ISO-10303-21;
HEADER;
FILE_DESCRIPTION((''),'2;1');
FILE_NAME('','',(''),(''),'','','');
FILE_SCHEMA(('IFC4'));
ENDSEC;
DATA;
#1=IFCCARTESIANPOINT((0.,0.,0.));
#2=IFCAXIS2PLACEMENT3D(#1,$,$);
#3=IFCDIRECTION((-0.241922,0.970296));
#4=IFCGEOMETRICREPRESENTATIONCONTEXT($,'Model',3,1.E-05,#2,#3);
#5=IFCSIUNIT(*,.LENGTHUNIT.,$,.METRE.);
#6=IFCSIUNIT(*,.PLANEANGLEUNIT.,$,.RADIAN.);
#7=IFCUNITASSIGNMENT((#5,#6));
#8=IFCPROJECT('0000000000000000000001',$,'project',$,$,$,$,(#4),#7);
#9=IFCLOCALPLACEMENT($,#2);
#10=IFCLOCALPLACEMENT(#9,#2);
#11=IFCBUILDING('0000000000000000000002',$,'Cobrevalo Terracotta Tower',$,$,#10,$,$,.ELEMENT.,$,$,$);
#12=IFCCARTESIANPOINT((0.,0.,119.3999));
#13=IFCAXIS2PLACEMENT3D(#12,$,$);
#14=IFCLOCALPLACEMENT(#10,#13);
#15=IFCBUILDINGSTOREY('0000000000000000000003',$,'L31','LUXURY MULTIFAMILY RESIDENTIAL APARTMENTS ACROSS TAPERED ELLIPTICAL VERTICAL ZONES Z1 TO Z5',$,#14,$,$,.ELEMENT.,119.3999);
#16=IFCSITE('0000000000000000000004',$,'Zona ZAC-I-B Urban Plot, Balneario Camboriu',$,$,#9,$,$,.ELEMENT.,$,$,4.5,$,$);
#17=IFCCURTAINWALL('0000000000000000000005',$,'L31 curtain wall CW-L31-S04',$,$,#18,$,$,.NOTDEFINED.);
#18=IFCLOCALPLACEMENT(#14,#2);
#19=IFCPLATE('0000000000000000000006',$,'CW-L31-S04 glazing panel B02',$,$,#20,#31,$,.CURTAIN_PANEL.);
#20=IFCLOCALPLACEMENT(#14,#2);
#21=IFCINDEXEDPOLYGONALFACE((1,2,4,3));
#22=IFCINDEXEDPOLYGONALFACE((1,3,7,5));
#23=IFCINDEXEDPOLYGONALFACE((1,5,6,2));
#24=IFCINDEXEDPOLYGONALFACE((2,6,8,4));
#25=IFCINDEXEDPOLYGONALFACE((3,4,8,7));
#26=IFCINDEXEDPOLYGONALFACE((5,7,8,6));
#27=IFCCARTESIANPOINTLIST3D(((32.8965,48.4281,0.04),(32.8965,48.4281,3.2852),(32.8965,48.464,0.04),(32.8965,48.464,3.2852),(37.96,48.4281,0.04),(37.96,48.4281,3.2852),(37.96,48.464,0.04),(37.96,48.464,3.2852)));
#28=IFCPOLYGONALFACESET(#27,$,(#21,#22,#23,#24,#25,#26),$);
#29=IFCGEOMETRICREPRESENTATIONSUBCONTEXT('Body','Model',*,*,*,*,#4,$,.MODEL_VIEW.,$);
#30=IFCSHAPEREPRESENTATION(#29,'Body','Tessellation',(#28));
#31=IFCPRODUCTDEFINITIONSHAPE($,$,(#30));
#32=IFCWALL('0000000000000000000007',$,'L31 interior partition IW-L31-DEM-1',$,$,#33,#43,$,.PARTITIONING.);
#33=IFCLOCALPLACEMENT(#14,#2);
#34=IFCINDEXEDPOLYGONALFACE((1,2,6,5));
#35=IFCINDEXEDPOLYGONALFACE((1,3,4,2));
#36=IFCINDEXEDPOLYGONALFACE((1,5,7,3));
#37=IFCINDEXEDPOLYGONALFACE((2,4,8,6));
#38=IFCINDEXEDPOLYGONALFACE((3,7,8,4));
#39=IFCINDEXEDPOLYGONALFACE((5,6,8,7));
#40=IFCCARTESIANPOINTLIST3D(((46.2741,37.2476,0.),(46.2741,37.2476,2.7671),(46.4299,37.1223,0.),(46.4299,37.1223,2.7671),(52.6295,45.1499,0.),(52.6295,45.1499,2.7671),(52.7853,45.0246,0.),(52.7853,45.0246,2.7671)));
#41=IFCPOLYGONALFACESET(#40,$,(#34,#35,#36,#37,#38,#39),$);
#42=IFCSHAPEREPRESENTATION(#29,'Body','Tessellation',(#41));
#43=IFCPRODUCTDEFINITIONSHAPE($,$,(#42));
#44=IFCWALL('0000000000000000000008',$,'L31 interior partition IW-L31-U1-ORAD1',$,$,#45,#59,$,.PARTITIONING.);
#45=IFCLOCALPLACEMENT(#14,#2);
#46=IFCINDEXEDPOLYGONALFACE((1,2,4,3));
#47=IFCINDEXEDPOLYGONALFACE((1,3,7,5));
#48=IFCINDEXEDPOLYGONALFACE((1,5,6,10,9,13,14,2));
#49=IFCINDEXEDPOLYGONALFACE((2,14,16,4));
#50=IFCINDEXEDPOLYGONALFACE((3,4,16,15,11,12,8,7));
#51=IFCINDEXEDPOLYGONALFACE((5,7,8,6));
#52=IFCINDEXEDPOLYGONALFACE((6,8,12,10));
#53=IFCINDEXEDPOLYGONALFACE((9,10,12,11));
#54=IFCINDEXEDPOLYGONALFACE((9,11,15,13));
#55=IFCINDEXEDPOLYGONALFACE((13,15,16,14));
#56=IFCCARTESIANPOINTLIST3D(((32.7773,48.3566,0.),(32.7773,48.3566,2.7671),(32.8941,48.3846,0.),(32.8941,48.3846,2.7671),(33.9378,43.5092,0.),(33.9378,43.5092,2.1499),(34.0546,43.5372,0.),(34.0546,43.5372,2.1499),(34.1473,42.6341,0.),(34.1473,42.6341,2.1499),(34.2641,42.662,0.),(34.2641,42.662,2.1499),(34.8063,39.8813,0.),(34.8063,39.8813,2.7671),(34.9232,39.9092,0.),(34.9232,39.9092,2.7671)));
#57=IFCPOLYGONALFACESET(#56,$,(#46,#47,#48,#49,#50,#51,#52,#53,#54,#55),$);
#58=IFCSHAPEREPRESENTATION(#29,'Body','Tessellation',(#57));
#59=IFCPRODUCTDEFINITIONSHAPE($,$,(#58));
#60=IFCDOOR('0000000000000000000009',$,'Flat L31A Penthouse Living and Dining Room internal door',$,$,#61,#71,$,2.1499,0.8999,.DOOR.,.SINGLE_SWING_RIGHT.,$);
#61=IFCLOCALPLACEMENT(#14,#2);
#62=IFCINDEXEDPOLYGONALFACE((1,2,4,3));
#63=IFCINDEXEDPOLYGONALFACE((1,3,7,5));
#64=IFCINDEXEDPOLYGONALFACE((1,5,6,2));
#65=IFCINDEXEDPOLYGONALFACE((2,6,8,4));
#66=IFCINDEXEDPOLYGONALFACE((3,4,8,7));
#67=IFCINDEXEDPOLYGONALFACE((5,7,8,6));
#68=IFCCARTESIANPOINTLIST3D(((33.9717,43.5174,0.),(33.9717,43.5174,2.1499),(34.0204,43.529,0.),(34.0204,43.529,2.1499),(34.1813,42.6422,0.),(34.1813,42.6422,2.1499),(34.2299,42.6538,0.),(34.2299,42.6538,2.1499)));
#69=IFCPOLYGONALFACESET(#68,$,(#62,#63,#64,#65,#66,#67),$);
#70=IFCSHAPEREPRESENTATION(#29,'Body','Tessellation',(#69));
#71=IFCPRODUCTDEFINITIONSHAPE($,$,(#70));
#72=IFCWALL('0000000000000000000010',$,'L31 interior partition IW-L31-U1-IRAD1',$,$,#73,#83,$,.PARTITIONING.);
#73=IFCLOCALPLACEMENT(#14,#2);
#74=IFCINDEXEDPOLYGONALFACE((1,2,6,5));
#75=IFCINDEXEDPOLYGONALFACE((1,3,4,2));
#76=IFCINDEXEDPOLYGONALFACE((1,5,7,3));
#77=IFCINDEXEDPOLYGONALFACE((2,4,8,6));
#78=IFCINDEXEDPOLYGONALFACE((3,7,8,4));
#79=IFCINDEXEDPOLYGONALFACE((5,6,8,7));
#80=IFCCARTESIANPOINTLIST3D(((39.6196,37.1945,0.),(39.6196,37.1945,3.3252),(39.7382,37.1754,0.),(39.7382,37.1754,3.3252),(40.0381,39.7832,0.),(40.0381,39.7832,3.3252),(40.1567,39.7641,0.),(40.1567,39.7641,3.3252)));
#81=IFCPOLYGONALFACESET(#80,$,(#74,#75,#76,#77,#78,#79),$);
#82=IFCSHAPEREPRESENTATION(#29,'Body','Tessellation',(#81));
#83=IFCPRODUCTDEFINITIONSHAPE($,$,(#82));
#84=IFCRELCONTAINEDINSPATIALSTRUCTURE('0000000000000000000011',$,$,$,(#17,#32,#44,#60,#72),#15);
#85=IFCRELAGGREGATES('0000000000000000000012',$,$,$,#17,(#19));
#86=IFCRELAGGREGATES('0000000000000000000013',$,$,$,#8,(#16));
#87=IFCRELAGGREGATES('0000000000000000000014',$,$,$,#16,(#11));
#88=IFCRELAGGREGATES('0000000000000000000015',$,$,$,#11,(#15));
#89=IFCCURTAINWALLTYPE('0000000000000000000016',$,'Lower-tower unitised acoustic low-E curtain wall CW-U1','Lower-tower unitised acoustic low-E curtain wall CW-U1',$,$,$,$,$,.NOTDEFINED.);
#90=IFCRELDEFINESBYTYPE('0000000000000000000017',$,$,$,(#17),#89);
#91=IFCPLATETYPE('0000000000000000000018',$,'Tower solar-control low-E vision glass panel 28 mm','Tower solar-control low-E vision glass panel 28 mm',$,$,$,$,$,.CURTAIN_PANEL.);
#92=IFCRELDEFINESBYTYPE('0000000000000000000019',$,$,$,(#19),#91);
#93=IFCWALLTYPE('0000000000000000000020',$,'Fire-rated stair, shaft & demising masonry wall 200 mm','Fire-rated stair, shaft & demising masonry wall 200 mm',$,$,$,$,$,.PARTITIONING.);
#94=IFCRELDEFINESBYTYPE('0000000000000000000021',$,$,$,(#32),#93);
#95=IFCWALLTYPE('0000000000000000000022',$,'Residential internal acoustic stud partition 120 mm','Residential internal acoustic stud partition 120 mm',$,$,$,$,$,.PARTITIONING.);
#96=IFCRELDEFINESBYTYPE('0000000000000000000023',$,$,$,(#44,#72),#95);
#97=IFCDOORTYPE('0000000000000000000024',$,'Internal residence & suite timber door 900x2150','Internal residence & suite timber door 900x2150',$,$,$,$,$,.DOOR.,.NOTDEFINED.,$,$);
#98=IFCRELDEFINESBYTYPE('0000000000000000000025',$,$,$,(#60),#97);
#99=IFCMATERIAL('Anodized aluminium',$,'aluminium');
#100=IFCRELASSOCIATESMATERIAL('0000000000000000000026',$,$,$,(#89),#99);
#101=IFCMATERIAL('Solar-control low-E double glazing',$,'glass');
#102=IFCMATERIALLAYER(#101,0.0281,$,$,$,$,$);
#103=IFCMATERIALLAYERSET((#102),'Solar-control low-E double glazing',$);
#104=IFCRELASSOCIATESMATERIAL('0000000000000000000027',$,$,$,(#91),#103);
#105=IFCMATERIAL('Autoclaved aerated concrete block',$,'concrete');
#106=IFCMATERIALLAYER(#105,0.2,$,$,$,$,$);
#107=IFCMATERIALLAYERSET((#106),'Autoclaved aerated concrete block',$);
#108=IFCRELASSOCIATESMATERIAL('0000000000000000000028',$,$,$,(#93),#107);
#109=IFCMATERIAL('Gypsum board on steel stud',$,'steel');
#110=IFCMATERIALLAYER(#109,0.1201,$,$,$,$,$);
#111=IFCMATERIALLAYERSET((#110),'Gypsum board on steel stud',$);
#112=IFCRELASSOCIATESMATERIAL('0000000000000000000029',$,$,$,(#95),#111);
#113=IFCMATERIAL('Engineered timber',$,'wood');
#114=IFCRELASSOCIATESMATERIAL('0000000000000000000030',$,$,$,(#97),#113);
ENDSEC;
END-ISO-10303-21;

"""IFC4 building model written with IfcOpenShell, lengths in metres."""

from ifc_helpers import new_model, si_unit, direction, frame, frame_2d, origin, origin_2d, place, context, subcontext, project, spatial, rectangle, extrude, source, transform, mapped, material, layer, layer_set, type_object, element, fill, aggregate, save


model = new_model("IFC4")

# Units and contexts
model_context = context("Model", 3, precision=1e-05, world=origin(), true_north=direction((-0.241922, 0.970296)))
body_context = subcontext(model_context, "Body", "Model", "MODEL_VIEW")
ifc_project = project(units=[si_unit("LENGTHUNIT", "METRE"), si_unit("PLANEANGLEUNIT", "RADIAN")], contexts=[model_context])

# Site, building, storey
site_placement = place(None, origin())
site = spatial("IfcSite", under=ifc_project, at=site_placement, Name="Zona ZAC-I-B Urban Plot, Balneario Camboriu", CompositionType="ELEMENT", RefElevation=4.5)
building_placement = place(site_placement, origin())
building = spatial("IfcBuilding", under=site, at=building_placement, Name="Cobrevalo Terracotta Tower", CompositionType="ELEMENT")
storey_placement = place(building_placement, frame((0.0, 0.0, 119.3999)))
storey = spatial("IfcBuildingStorey", under=building, at=storey_placement, Name="L31", Description="LUXURY MULTIFAMILY RESIDENTIAL APARTMENTS ACROSS TAPERED ELLIPTICAL VERTICAL ZONES Z1 TO Z5", CompositionType="ELEMENT", Elevation=119.3999)

# Curtain wall
ifc_material_1 = material(Name="Anodized aluminium", Category="aluminium")
curtain_wall_type = type_object("IfcCurtainWallType", Name="Lower-tower unitised acoustic low-E curtain wall CW-U1", Description="Lower-tower unitised acoustic low-E curtain wall CW-U1", PredefinedType="NOTDEFINED", material=ifc_material_1)
curtain_wall_1_placement = place(storey_placement, origin())
curtain_wall_1 = element("IfcCurtainWall", 1, at=curtain_wall_1_placement, inside=storey, type_object=curtain_wall_type, Name="L31 curtain wall CW-L31-S04", PredefinedType="NOTDEFINED")

# Plate
ifc_material_2 = material(Name="Solar-control low-E double glazing", Category="glass")
ifc_layer_1 = layer(ifc_material_2, 0.0281)
ifc_layer_set_1 = layer_set([ifc_layer_1], Name="Solar-control low-E double glazing")
plate_type = type_object("IfcPlateType", Name="Tower solar-control low-E vision glass panel 28 mm", Description="Tower solar-control low-E vision glass panel 28 mm", PredefinedType="CURTAIN_PANEL", material=ifc_layer_set_1)
shared_shape_1 = source(origin(), body_context, "Body", "SweptSolid", [
    extrude(rectangle(XDim=5.0635, YDim=0.0359, at=origin_2d()), origin(), (0.0, 0.0, 1.0), 3.2451),
])
plate_1_placement = place(storey_placement, frame((35.4282, 48.446, 0.04), z_axis=(0.0, 0.0, 1.0), x_axis=(-1.0, 0.0, 0.0)))
plate_1 = element("IfcPlate", 2, at=plate_1_placement, type_object=plate_type, Name="CW-L31-S04 glazing panel B02", PredefinedType="CURTAIN_PANEL", context=body_context, shape_type="MappedRepresentation", body=[
    mapped(shared_shape_1, transform((0.0, 0.0, 0.0), scale=1.0)),
])
aggregate(curtain_wall_1, [plate_1])

# Wall
ifc_material_3 = material(Name="Autoclaved aerated concrete block", Category="concrete")
ifc_layer_2 = layer(ifc_material_3, 0.2)
ifc_layer_set_2 = layer_set([ifc_layer_2], Name="Autoclaved aerated concrete block")
wall_type_1 = type_object("IfcWallType", Name="Fire-rated stair, shaft & demising masonry wall 200 mm", Description="Fire-rated stair, shaft & demising masonry wall 200 mm", PredefinedType="PARTITIONING", material=ifc_layer_set_2)
wall_1_placement = place(storey_placement, frame((46.3521, 37.1851, 0.0), z_axis=(0.0, 0.0, 1.0), x_axis=(0.626713, 0.77925, 0.0)))
element("IfcWall", 3, at=wall_1_placement, inside=storey, type_object=wall_type_1, Name="L31 interior partition IW-L31-DEM-1", PredefinedType="PARTITIONING", context=body_context, shape_type="SweptSolid", body=[
    extrude(rectangle(XDim=10.1409, YDim=0.2, at=frame_2d((5.0703, 0.0))), origin(), (0.0, 0.0, 1.0), 2.7671),
])

# Wall, opening, door
ifc_material_4 = material(Name="Gypsum board on steel stud", Category="steel")
ifc_layer_3 = layer(ifc_material_4, 0.1201)
ifc_layer_set_3 = layer_set([ifc_layer_3], Name="Gypsum board on steel stud")
wall_type_2 = type_object("IfcWallType", Name="Residential internal acoustic stud partition 120 mm", Description="Residential internal acoustic stud partition 120 mm", PredefinedType="PARTITIONING", material=ifc_layer_set_3)
wall_2_placement = place(storey_placement, frame((34.8647, 39.8953, 0.0), z_axis=(0.0, 0.0, 1.0), x_axis=(-0.232827, 0.972518, 0.0)))
wall_2 = element("IfcWall", 4, at=wall_2_placement, inside=storey, type_object=wall_type_2, Name="L31 interior partition IW-L31-U1-ORAD1", PredefinedType="PARTITIONING", context=body_context, shape_type="SweptSolid", body=[
    extrude(rectangle(XDim=8.7148, YDim=0.1201, at=frame_2d((4.3574, 0.0))), origin(), (0.0, 0.0, 1.0), 2.7671),
])
opening_placement = place(wall_2_placement, frame((2.8306, 0.0, 0.0)))
opening = element("IfcOpeningElement", 5, at=opening_placement, cuts=wall_2, PredefinedType="OPENING", context=body_context, shape_type="SweptSolid", body=[
    extrude(rectangle(XDim=0.8999, YDim=2.1499, at=frame_2d((0.45, 1.075))), frame((0.0, 0.0701, 0.0), z_axis=(0.0, -1.0, 0.0), x_axis=(1.0, 0.0, 0.0)), (0.0, 0.0, 1.0), 0.1401),
])
ifc_material_5 = material(Name="Engineered timber", Category="wood")
door_type = type_object("IfcDoorType", Name="Internal residence & suite timber door 900x2150", Description="Internal residence & suite timber door 900x2150", OperationType="NOTDEFINED", PredefinedType="DOOR", material=ifc_material_5)
shared_shape_2 = source(origin(), body_context, "Body", "SweptSolid", [
    extrude(rectangle(XDim=0.8999, YDim=2.1499, at=frame_2d((0.45, 1.075))), frame((0.0, 0.0249, 0.0), z_axis=(0.0, -1.0, 0.0), x_axis=(1.0, 0.0, 0.0)), (0.0, 0.0, 1.0), 0.05),
])
door_placement = place(opening_placement, frame((0.8999, 0.0, 0.0), z_axis=(0.0, 0.0, 1.0), x_axis=(-1.0, 0.0, 0.0)))
door = element("IfcDoor", 6, at=door_placement, inside=storey, type_object=door_type, Name="Flat L31A Penthouse Living and Dining Room internal door", OperationType="SINGLE_SWING_RIGHT", OverallHeight=2.1499, OverallWidth=0.8999, PredefinedType="DOOR", context=body_context, shape_type="MappedRepresentation", body=[
    mapped(shared_shape_2, transform((0.0, 0.0, 0.0), scale=1.0)),
])
fill(opening, door)

# Wall
wall_3_placement = place(storey_placement, frame((39.679, 37.1851, 0.0), z_axis=(0.0, 0.0, 1.0), x_axis=(0.159581, 0.987185, 0.0)))
element("IfcWall", 7, at=wall_3_placement, inside=storey, type_object=wall_type_2, Name="L31 interior partition IW-L31-U1-IRAD1", PredefinedType="PARTITIONING", context=body_context, shape_type="SweptSolid", body=[
    extrude(rectangle(XDim=2.6223, YDim=0.1201, at=frame_2d((1.311, 0.0))), origin(), (0.0, 0.0, 1.0), 3.3252),
])

save(model, "model.ifc")
